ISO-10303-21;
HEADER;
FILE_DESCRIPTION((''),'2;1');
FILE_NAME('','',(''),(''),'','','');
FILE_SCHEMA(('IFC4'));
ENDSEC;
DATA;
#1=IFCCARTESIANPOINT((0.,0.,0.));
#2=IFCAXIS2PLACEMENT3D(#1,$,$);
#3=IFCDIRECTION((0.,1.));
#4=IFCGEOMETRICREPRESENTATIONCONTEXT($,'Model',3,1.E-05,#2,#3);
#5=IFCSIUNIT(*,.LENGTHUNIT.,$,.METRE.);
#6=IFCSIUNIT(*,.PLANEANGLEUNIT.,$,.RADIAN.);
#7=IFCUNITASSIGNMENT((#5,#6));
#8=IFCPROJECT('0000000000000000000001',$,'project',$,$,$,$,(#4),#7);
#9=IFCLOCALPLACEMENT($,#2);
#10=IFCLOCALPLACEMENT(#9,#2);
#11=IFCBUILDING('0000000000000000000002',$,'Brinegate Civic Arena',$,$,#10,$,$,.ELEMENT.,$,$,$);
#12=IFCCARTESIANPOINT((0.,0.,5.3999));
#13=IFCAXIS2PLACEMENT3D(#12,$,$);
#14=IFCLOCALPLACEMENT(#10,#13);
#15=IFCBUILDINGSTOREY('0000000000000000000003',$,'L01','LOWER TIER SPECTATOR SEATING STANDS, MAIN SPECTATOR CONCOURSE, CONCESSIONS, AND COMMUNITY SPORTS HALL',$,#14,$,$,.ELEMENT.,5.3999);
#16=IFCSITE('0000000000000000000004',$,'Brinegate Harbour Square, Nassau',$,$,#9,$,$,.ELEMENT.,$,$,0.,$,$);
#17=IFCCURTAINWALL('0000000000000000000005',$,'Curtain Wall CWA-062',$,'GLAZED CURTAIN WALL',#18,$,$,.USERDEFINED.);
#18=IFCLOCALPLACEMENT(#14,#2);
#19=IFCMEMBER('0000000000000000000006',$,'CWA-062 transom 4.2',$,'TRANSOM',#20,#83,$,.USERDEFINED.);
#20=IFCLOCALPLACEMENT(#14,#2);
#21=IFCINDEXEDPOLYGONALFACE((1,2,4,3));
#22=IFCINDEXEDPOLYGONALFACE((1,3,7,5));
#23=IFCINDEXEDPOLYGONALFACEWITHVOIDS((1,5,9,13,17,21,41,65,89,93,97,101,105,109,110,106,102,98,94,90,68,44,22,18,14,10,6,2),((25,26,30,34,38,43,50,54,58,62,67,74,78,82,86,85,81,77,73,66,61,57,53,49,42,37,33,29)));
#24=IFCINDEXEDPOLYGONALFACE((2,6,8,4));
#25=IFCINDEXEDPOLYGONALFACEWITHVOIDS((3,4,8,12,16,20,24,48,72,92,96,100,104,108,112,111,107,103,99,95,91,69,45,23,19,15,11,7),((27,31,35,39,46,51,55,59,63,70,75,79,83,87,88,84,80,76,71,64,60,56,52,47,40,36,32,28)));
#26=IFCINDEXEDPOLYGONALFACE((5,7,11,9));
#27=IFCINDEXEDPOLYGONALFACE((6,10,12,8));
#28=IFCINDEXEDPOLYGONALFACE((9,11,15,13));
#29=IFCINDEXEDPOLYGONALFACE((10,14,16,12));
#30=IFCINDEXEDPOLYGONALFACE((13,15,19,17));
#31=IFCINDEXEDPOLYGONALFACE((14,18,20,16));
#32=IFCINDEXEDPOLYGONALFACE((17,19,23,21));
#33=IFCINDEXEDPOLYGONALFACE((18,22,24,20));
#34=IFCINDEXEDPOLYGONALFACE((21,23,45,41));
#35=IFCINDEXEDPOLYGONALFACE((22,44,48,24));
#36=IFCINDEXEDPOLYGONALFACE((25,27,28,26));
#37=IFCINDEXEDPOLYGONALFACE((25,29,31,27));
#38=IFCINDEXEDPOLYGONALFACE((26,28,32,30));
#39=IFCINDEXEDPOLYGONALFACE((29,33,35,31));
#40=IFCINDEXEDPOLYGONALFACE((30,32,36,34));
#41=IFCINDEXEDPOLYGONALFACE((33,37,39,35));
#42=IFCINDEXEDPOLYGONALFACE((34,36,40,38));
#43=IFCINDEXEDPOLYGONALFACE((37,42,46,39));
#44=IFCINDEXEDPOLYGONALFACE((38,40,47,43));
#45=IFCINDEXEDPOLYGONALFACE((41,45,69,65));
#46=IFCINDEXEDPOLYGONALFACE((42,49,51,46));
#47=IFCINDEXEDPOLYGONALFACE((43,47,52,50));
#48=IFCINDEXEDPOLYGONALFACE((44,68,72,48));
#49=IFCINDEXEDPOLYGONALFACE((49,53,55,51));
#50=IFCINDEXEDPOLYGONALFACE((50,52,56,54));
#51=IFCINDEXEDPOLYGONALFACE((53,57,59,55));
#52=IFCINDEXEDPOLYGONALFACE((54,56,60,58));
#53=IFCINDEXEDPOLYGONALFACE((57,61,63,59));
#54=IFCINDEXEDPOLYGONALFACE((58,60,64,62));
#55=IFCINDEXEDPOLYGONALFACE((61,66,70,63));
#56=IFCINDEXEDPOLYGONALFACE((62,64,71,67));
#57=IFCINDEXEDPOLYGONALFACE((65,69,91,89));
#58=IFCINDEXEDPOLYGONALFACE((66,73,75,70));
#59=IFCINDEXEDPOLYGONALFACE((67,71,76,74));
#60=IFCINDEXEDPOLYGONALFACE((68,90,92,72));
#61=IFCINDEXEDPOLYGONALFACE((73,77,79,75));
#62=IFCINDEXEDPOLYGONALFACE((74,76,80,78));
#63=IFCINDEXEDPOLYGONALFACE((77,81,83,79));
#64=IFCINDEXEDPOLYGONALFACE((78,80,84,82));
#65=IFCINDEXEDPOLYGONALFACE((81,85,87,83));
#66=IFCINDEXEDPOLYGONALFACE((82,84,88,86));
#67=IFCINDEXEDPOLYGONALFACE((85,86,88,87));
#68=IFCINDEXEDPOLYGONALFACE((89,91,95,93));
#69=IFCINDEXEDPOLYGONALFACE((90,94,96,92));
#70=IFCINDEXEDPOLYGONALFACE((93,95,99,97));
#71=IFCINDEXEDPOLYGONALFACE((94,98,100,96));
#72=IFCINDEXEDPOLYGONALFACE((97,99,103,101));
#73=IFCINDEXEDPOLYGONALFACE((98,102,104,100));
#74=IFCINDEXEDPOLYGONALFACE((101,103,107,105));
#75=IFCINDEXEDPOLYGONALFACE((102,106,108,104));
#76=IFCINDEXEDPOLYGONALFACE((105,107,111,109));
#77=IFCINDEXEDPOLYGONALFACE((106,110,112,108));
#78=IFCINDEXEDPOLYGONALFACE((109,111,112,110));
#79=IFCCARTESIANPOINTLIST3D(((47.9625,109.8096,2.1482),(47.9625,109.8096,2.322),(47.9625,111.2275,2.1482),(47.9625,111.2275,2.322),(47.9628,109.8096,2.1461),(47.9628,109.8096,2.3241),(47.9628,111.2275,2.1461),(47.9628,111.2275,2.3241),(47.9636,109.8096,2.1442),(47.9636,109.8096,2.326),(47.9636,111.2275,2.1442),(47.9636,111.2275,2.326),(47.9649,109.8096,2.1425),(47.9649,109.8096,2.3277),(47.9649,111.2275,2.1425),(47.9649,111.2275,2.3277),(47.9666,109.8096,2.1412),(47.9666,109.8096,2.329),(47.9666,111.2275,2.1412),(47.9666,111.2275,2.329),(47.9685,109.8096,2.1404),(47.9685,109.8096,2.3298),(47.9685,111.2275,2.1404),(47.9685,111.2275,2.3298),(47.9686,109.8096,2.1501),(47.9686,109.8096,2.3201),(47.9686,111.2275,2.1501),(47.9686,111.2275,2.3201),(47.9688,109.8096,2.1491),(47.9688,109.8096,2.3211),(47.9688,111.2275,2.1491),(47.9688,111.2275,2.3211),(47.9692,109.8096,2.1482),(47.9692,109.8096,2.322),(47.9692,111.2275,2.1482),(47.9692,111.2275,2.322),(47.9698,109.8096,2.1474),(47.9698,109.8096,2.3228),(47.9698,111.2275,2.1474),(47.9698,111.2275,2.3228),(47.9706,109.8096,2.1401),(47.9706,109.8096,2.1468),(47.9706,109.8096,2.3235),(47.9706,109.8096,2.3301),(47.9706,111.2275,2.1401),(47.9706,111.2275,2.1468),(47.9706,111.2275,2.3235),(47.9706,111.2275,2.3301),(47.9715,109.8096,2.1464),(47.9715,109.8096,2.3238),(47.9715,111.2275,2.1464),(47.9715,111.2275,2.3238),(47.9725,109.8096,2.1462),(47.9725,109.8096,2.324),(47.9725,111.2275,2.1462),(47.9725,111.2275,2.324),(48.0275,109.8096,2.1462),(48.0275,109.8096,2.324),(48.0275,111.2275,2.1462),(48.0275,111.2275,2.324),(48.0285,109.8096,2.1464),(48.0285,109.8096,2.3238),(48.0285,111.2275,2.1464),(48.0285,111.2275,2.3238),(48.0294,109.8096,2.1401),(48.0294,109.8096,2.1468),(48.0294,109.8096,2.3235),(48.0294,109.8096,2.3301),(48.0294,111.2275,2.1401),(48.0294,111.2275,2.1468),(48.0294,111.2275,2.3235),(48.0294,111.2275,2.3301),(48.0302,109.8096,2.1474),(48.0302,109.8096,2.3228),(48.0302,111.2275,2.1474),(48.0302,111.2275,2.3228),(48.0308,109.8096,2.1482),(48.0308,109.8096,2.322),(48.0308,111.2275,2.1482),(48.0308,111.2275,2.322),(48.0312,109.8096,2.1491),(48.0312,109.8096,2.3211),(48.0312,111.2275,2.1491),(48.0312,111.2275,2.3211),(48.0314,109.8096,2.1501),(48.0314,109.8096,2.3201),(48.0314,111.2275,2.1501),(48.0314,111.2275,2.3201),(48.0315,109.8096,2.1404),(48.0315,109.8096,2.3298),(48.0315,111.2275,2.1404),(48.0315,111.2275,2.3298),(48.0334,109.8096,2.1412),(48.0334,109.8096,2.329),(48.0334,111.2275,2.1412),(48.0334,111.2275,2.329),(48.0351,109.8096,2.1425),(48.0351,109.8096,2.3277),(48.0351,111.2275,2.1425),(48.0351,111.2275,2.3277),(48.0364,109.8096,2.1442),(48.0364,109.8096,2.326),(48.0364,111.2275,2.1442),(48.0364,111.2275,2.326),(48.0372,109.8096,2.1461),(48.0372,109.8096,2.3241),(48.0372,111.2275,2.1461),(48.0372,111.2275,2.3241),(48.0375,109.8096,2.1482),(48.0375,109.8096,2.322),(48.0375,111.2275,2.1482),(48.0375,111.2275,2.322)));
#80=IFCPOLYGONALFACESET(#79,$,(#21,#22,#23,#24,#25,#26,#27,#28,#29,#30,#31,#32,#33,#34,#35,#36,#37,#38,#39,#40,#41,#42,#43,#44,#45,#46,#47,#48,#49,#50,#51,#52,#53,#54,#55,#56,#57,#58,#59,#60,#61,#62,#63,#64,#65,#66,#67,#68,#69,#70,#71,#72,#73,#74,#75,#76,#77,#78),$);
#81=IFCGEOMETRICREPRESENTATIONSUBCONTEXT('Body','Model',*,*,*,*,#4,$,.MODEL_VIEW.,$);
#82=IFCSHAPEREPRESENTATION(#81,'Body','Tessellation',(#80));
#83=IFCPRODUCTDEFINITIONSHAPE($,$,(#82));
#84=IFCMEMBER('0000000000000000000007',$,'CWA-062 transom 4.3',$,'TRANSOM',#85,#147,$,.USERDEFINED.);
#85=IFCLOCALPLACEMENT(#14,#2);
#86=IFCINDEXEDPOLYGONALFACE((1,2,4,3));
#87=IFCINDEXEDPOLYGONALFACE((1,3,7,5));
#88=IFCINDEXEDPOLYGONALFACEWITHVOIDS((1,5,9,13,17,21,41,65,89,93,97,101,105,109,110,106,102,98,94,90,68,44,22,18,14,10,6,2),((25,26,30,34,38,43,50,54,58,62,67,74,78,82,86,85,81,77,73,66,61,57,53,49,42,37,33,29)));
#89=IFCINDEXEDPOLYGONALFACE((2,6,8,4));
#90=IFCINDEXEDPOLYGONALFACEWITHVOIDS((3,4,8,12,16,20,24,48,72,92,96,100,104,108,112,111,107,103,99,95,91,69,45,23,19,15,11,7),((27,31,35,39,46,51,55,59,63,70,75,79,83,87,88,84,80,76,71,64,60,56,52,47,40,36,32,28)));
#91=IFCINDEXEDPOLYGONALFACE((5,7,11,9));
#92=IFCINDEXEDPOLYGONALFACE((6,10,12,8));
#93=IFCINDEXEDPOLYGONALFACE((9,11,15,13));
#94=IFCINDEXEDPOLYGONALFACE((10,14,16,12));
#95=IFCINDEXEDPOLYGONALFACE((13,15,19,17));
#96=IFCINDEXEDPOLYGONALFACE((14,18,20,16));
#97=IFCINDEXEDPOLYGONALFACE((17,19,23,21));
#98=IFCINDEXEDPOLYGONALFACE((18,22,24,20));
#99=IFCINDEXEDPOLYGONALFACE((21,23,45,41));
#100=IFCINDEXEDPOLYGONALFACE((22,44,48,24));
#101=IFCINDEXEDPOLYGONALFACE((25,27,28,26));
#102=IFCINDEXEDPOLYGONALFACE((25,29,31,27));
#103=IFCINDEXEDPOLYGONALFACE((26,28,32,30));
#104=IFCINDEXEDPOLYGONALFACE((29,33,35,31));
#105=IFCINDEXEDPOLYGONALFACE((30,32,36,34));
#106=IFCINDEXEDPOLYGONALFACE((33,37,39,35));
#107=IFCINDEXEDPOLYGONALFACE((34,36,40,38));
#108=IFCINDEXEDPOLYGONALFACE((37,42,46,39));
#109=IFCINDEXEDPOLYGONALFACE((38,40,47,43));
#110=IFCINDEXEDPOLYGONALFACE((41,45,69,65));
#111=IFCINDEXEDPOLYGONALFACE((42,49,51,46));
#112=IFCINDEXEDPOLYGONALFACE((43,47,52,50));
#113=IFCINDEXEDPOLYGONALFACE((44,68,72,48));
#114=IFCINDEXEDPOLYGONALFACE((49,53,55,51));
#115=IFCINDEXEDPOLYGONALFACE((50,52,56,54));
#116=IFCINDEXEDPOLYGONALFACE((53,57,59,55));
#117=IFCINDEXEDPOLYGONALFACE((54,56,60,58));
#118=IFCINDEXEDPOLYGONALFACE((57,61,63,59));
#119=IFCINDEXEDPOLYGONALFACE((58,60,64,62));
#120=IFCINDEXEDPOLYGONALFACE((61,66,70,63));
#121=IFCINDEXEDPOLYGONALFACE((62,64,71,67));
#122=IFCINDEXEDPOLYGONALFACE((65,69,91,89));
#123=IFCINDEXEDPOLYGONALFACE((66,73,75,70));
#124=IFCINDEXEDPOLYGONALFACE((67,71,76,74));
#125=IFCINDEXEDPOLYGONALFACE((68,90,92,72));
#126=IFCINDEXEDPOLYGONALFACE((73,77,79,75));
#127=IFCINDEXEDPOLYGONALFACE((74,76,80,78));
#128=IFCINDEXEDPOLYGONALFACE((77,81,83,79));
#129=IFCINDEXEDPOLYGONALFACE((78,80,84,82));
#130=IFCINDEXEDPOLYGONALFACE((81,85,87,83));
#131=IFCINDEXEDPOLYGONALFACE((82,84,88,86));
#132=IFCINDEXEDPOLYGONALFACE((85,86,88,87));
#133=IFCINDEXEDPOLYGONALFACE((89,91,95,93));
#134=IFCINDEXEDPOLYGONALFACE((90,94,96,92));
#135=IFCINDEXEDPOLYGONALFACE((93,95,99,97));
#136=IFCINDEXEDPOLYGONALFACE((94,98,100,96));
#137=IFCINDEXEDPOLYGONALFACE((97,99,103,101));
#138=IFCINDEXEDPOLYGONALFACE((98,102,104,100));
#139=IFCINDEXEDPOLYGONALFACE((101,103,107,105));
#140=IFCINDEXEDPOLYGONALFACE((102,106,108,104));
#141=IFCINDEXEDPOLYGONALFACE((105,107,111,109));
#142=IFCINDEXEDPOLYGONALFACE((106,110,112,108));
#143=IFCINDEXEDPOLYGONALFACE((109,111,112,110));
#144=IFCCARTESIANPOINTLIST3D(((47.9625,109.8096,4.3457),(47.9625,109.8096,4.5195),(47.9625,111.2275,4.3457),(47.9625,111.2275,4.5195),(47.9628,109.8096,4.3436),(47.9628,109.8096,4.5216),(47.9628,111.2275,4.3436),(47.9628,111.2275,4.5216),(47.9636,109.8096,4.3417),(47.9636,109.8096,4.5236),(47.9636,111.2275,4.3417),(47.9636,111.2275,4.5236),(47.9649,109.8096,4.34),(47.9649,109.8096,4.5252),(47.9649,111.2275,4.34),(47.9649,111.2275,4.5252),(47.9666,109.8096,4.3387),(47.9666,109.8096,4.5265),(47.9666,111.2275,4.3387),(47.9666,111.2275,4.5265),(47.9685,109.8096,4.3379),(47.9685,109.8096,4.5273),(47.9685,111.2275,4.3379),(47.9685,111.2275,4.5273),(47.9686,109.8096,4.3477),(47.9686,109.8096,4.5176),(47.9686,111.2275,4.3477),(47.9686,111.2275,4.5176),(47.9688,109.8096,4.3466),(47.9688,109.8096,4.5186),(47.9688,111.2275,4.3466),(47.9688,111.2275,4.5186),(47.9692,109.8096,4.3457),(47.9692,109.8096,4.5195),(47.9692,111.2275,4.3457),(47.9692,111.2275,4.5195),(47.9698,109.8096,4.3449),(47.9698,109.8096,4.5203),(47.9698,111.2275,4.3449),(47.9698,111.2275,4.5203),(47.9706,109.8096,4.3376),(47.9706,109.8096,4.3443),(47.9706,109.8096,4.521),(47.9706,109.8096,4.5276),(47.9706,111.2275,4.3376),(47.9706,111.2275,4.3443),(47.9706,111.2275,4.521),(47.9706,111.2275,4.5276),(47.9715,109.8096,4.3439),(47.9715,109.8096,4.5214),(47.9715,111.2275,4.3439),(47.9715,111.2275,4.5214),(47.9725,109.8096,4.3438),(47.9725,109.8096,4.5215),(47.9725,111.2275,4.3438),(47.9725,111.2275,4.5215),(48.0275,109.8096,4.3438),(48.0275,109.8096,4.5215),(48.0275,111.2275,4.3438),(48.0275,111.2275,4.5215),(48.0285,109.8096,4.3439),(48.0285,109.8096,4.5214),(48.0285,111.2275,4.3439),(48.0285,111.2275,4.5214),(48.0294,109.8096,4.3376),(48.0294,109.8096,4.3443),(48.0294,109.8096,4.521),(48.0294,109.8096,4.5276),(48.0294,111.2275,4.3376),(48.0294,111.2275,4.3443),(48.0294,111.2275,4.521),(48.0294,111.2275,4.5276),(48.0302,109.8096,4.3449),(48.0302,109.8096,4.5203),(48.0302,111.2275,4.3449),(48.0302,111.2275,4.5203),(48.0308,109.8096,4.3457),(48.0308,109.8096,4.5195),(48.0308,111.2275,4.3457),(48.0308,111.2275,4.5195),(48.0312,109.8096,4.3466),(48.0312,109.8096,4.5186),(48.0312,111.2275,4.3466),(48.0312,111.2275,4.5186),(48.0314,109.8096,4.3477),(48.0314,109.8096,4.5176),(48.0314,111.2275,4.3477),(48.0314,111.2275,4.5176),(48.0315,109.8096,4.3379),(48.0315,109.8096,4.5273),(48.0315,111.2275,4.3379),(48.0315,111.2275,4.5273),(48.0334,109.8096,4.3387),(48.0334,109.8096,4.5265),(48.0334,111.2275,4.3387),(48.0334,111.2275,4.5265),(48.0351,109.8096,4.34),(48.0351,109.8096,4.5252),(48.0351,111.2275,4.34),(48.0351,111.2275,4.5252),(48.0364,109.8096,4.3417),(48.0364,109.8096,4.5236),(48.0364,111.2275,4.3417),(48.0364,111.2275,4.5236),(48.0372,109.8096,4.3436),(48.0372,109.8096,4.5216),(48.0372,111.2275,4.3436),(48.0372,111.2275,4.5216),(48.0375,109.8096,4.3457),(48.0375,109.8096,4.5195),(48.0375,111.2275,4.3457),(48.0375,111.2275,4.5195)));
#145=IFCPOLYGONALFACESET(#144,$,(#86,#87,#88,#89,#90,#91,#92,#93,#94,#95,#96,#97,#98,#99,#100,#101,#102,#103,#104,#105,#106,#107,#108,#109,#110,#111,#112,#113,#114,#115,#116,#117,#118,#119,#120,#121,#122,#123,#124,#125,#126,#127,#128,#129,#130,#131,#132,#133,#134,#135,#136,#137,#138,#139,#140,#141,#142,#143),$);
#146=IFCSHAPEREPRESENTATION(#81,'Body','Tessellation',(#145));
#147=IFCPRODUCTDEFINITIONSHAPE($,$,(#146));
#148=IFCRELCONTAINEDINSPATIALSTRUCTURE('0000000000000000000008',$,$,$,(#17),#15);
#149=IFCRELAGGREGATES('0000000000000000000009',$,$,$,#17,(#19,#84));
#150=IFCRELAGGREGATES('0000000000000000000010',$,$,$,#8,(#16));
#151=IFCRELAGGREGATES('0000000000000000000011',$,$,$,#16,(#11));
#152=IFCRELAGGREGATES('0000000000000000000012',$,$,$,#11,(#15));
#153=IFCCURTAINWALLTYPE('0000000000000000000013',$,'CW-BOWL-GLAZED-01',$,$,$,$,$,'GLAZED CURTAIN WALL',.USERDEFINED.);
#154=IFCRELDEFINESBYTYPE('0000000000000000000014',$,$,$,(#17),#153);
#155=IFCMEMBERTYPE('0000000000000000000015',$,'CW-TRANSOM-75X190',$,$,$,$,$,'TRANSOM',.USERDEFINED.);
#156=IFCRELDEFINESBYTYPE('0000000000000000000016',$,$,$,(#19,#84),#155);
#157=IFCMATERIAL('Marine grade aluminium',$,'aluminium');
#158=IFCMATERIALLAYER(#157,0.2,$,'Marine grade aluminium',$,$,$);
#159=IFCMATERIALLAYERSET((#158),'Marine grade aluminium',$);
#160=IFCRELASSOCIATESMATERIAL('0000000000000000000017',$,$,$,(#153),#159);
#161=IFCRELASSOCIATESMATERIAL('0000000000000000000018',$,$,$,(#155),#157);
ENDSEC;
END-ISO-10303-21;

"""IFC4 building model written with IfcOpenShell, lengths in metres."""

from ifc_helpers import new_model, si_unit, direction, frame, origin, origin_2d, place, context, subcontext, project, spatial, hollow_rectangle, extrude, material, layer, layer_set, material_profile, profile_set, type_object, element, aggregate, save


model = new_model("IFC4")

# Units and contexts
model_context = context("Model", 3, precision=1e-05, world=origin(), true_north=direction((0.0, 1.0)))
body_context = subcontext(model_context, "Body", "Model", "MODEL_VIEW")
ifc_project = project(units=[si_unit("LENGTHUNIT", "METRE"), si_unit("PLANEANGLEUNIT", "RADIAN")], contexts=[model_context])

# Site, building, storey
site_placement = place(None, origin())
site = spatial("IfcSite", under=ifc_project, at=site_placement, Name="Brinegate Harbour Square, Nassau", CompositionType="ELEMENT", RefElevation=0.0)
building_placement = place(site_placement, origin())
building = spatial("IfcBuilding", under=site, at=building_placement, Name="Brinegate Civic Arena", CompositionType="ELEMENT")
storey_placement = place(building_placement, frame((0.0, 0.0, 5.3999)))
storey = spatial("IfcBuildingStorey", under=building, at=storey_placement, Name="L01", Description="LOWER TIER SPECTATOR SEATING STANDS, MAIN SPECTATOR CONCOURSE, CONCESSIONS, AND COMMUNITY SPORTS HALL", CompositionType="ELEMENT", Elevation=5.3999)

# Curtain wall, members
ifc_material_1 = material(Name="Marine grade aluminium", Category="aluminium")
ifc_layer_1 = layer(ifc_material_1, 0.2, Name="Marine grade aluminium")
ifc_layer_set_1 = layer_set([ifc_layer_1], Name="Marine grade aluminium")
curtain_wall_type = type_object("IfcCurtainWallType", Name="CW-BOWL-GLAZED-01", ElementType="GLAZED CURTAIN WALL", PredefinedType="USERDEFINED", material=ifc_layer_set_1)
curtain_wall_placement = place(storey_placement, origin())
curtain_wall = element("IfcCurtainWall", 1, at=curtain_wall_placement, inside=storey, type_object=curtain_wall_type, Name="Curtain Wall CWA-062", ObjectType="GLAZED CURTAIN WALL", PredefinedType="USERDEFINED")
ifc_material_profile_1 = material_profile(ifc_material_1, hollow_rectangle(XDim=0.075, YDim=0.1899, WallThickness=0.0061, InnerFilletRadius=0.0039, OuterFilletRadius=0.0081, at=origin_2d()), Name="TRN75X190")
ifc_profile_set_1 = profile_set([ifc_material_profile_1], Name="Marine grade aluminium")
member_type_1 = type_object("IfcMemberType", Name="CW-TRANSOM-75X190", ElementType="TRANSOM", PredefinedType="USERDEFINED", material=ifc_profile_set_1)
member_1_placement = place(storey_placement, frame((48.0, 109.8096, 2.2351), z_axis=(0.0, 1.0, 0.0), x_axis=(-1.0, 0.0, 0.0)))
member_1 = element("IfcMember", 2, at=member_1_placement, type_object=member_type_1, Name="CWA-062 transom 4.2", ObjectType="TRANSOM", PredefinedType="USERDEFINED", context=body_context, shape_type="SweptSolid", body=[
    extrude(hollow_rectangle(XDim=0.075, YDim=0.1899, WallThickness=0.0061, InnerFilletRadius=0.0039, OuterFilletRadius=0.0081, at=origin_2d()), origin(), (0.0, 0.0, 1.0), 1.418),
])
member_2_placement = place(storey_placement, frame((48.0, 109.8096, 4.4326), z_axis=(0.0, 1.0, 0.0), x_axis=(-1.0, 0.0, 0.0)))
member_2 = element("IfcMember", 3, at=member_2_placement, type_object=member_type_1, Name="CWA-062 transom 4.3", ObjectType="TRANSOM", PredefinedType="USERDEFINED", context=body_context, shape_type="SweptSolid", body=[
    extrude(hollow_rectangle(XDim=0.075, YDim=0.1899, WallThickness=0.0061, InnerFilletRadius=0.0039, OuterFilletRadius=0.0081, at=origin_2d()), origin(), (0.0, 0.0, 1.0), 1.418),
])

aggregate(curtain_wall, [member_1, member_2])

save(model, "model.ifc")
